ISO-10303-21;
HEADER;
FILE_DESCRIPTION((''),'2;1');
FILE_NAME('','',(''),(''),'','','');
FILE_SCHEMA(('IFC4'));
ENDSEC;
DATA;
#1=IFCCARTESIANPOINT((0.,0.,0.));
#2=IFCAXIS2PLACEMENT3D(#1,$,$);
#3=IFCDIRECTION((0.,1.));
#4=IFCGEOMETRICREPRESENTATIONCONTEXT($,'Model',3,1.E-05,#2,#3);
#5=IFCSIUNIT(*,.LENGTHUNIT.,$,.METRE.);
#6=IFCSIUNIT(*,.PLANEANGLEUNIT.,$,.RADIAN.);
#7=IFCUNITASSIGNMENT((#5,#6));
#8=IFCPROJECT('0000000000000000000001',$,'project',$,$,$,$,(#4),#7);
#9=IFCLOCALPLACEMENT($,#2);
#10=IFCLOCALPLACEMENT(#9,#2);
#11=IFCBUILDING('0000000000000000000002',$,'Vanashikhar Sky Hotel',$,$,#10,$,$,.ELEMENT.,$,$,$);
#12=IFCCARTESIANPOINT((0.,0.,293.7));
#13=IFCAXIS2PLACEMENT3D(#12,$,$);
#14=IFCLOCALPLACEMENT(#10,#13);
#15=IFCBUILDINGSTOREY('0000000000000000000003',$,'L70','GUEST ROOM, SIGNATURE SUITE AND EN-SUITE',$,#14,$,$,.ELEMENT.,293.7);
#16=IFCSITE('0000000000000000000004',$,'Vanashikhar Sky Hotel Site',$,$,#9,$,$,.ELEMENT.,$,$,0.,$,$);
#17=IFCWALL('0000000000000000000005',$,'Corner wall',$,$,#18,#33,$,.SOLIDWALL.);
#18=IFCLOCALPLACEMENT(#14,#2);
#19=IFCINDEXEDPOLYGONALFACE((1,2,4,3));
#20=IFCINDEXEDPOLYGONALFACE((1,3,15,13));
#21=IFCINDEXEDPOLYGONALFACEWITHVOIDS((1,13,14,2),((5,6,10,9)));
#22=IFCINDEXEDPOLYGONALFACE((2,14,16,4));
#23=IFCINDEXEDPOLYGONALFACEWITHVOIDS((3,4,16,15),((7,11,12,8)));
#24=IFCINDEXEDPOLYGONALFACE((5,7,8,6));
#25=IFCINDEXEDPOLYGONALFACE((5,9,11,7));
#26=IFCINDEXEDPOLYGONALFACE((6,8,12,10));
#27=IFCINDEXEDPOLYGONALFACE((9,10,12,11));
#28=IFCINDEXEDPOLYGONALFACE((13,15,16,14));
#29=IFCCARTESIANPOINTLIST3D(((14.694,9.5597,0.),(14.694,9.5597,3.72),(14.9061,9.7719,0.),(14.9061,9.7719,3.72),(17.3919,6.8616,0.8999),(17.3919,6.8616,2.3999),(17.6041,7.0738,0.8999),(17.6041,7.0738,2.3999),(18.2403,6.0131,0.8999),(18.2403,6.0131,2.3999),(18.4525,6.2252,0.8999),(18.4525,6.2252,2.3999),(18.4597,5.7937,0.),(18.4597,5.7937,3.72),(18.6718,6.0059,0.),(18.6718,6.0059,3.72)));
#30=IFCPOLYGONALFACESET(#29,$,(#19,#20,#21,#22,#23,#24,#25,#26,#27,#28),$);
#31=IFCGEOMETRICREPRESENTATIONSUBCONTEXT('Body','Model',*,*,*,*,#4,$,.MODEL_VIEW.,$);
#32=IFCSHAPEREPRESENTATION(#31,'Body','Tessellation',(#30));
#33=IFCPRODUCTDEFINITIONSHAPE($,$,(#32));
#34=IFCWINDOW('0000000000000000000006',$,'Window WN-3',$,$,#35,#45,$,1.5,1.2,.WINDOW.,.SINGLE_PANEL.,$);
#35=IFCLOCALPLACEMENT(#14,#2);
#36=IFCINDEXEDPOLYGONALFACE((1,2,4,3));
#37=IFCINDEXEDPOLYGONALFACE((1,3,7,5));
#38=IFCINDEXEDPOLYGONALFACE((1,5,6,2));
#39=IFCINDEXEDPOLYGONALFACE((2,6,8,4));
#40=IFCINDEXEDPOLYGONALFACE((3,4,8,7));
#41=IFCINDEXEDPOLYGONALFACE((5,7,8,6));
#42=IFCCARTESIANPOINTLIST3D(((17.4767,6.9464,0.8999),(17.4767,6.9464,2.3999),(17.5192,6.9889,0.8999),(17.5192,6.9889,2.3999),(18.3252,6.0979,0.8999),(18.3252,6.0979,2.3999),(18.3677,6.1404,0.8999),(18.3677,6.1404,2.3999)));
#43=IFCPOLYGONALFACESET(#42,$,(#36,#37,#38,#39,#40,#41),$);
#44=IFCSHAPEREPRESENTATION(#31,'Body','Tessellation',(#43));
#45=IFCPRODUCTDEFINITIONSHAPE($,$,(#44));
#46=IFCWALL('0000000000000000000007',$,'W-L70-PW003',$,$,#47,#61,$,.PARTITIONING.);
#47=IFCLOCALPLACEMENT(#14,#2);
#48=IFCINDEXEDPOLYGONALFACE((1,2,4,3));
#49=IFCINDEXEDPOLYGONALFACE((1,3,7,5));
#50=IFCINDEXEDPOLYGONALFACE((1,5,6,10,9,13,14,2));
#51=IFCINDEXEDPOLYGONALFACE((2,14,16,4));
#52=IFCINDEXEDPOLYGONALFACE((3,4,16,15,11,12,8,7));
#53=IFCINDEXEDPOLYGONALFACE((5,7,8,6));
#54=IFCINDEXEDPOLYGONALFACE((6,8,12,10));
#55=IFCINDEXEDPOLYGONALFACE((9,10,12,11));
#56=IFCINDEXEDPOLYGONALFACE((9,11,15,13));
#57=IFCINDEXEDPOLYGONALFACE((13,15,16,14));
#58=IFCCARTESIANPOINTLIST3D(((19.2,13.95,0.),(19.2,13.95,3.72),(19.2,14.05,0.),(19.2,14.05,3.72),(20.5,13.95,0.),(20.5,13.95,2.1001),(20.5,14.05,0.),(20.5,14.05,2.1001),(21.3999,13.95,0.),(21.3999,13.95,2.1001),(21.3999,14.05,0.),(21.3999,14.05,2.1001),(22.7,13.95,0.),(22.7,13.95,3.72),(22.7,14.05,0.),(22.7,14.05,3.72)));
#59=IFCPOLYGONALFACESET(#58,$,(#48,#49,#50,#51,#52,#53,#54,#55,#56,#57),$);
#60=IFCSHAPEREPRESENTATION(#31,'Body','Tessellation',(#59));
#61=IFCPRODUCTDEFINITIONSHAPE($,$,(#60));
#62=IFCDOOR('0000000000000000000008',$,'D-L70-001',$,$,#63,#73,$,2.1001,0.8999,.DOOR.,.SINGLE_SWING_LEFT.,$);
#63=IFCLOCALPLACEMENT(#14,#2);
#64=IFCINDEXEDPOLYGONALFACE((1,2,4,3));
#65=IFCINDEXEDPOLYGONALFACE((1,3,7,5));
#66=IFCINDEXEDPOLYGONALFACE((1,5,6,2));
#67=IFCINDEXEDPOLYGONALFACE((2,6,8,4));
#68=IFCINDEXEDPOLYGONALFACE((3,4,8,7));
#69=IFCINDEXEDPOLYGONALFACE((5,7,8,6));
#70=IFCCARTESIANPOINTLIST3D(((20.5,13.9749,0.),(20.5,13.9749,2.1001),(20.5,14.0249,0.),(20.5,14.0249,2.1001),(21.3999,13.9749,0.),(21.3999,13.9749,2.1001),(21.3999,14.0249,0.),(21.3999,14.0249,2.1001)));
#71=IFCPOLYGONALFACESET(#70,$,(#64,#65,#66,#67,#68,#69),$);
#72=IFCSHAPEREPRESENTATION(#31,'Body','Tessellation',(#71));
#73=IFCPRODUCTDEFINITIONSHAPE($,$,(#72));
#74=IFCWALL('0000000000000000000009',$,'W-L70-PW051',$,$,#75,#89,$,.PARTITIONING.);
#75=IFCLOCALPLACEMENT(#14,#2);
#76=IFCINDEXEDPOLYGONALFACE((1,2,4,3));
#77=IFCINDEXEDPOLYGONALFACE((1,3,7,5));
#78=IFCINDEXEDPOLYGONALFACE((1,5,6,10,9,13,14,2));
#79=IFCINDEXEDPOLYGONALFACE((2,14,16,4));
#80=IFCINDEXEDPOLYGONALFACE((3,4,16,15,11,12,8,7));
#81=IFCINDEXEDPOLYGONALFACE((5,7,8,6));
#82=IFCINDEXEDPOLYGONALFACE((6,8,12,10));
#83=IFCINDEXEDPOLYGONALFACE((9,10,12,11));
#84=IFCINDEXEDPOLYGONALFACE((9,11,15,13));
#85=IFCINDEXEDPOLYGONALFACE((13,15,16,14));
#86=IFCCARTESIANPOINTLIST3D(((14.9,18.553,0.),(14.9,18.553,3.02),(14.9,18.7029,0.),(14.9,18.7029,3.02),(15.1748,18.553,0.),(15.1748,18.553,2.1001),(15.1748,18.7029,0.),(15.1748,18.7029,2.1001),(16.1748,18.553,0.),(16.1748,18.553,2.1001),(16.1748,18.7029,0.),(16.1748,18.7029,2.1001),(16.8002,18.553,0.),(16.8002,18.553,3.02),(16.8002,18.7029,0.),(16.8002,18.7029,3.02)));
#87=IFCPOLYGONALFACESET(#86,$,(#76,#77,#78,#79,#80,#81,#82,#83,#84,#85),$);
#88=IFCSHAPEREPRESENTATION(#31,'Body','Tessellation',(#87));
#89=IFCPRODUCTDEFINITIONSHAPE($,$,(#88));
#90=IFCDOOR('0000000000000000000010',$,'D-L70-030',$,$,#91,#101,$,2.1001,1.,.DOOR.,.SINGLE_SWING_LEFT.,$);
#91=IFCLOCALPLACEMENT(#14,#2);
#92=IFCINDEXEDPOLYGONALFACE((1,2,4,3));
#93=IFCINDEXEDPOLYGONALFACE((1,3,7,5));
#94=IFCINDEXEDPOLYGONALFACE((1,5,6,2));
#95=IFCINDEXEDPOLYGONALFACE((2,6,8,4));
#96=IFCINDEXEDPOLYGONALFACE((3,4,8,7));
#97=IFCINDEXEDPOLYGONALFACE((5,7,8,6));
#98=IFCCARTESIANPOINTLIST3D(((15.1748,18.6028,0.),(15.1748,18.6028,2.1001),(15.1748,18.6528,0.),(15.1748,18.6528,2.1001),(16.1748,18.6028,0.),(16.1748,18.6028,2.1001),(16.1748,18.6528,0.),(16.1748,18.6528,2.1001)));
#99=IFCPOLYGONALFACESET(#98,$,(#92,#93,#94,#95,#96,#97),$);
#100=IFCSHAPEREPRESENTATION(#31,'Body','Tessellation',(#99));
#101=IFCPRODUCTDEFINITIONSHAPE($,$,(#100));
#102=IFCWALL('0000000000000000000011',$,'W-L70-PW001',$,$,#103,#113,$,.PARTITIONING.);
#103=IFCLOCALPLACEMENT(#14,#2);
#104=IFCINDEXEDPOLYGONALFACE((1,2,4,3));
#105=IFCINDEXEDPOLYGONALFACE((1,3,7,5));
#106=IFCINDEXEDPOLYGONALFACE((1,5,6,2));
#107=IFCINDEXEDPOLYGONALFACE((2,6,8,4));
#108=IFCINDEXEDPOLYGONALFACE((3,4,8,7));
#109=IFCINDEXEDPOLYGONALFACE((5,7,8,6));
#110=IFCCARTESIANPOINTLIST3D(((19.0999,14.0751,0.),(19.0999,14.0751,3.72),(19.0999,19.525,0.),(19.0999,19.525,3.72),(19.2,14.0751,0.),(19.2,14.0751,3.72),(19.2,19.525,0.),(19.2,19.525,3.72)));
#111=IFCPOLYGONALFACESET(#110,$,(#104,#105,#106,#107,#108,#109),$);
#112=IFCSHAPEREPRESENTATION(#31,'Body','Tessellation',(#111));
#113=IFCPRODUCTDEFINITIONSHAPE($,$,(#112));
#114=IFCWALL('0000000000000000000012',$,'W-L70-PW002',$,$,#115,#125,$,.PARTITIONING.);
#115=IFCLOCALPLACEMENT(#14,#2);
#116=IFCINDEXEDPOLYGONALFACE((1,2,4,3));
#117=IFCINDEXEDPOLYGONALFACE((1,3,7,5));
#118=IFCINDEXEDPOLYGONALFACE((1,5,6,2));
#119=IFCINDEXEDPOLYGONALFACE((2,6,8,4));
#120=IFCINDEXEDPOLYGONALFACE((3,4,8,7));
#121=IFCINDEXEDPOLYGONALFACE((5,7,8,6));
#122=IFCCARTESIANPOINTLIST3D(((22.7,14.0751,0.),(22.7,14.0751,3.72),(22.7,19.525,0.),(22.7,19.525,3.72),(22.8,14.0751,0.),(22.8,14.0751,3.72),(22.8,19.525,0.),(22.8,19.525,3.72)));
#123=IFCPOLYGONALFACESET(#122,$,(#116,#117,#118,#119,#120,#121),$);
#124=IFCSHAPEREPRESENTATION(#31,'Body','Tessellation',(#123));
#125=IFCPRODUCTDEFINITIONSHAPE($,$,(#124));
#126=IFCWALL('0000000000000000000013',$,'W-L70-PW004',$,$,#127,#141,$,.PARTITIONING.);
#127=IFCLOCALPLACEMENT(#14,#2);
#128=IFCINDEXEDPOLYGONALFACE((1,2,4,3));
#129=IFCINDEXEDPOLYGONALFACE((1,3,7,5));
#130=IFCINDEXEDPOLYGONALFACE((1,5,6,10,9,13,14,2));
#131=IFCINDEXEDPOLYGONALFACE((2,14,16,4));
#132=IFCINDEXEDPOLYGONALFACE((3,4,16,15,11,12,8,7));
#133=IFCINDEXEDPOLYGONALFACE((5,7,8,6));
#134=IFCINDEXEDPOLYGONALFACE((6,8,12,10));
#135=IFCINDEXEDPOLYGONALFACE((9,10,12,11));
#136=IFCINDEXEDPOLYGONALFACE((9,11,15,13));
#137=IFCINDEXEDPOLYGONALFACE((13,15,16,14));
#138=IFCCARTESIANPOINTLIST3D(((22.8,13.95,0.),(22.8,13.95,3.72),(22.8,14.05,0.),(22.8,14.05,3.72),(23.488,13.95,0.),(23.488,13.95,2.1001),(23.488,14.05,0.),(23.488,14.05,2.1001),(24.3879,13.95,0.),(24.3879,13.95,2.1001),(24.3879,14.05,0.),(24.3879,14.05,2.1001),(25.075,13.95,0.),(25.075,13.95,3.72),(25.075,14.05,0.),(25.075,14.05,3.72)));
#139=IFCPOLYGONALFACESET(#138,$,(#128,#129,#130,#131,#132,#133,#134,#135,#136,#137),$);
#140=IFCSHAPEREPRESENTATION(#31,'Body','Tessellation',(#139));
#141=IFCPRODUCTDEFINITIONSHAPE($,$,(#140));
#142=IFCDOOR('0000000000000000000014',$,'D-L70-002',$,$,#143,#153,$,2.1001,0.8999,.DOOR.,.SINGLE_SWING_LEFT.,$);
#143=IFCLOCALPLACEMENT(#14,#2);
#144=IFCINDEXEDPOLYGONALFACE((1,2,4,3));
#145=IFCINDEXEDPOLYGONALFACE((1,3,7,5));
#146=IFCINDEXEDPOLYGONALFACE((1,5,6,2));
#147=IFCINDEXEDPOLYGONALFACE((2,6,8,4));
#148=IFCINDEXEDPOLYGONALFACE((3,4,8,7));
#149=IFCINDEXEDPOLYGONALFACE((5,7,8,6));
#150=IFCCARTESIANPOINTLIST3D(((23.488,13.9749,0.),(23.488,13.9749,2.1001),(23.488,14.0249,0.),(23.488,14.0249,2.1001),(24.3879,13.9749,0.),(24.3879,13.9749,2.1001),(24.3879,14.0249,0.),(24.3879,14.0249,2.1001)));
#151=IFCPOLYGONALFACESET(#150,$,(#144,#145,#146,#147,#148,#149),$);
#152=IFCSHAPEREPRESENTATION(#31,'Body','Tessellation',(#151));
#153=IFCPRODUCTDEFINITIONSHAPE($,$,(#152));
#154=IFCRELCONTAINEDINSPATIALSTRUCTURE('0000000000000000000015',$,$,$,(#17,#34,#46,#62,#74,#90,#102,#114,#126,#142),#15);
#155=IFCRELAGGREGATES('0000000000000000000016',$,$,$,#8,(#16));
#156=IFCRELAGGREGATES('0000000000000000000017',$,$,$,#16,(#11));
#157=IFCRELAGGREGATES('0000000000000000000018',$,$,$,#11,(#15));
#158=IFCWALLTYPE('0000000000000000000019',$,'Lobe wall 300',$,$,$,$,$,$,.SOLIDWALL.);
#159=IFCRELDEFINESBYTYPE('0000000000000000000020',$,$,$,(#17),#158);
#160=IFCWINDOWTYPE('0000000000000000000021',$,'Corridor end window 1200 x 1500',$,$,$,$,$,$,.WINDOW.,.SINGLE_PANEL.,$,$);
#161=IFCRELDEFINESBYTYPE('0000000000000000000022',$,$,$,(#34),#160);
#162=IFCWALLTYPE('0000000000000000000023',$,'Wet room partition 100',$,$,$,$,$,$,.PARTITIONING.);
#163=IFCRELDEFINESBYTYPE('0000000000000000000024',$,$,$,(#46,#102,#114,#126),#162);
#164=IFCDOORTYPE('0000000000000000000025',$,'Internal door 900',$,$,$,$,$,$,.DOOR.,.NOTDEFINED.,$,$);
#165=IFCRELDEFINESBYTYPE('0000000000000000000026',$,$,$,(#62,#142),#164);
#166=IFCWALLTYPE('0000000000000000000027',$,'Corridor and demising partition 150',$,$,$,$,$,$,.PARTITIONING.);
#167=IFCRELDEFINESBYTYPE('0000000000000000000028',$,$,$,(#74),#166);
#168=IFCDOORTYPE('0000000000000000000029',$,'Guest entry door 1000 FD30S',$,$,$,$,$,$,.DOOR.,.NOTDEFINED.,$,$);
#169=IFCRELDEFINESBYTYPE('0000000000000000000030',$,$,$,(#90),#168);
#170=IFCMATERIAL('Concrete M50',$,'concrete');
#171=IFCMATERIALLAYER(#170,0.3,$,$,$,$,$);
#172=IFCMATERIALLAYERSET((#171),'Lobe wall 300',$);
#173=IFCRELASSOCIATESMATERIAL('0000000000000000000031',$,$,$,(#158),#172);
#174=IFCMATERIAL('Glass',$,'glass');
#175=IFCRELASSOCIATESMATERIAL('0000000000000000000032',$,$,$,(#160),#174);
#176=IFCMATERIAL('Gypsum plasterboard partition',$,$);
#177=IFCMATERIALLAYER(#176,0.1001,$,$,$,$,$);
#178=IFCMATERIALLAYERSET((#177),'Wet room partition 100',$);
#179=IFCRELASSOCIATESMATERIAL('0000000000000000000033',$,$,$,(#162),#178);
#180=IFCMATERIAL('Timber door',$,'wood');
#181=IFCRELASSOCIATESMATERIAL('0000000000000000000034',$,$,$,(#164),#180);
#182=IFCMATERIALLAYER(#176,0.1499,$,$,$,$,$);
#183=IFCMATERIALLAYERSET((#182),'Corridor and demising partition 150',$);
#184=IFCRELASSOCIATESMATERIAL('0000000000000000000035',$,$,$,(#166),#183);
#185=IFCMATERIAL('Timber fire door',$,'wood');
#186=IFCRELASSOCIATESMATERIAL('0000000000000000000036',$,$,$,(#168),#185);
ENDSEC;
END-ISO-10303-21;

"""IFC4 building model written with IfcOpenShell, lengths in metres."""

from ifc_helpers import new_model, si_unit, direction, frame, frame_2d, origin, place, context, subcontext, project, spatial, rectangle, extrude, source, transform, mapped, material, layer, layer_set, type_object, element, fill, save


model = new_model("IFC4")

# Units and contexts
model_context = context("Model", 3, precision=1e-05, world=origin(), true_north=direction((0.0, 1.0)))
body_context = subcontext(model_context, "Body", "Model", "MODEL_VIEW")
ifc_project = project(units=[si_unit("LENGTHUNIT", "METRE"), si_unit("PLANEANGLEUNIT", "RADIAN")], contexts=[model_context])

# Site, building, storey
site_placement = place(None, origin())
site = spatial("IfcSite", under=ifc_project, at=site_placement, Name="Vanashikhar Sky Hotel Site", CompositionType="ELEMENT", RefElevation=0.0)
building_placement = place(site_placement, origin())
building = spatial("IfcBuilding", under=site, at=building_placement, Name="Vanashikhar Sky Hotel", CompositionType="ELEMENT")
storey_placement = place(building_placement, frame((0.0, 0.0, 293.7)))
storey = spatial("IfcBuildingStorey", under=building, at=storey_placement, Name="L70", Description="GUEST ROOM, SIGNATURE SUITE AND EN-SUITE", CompositionType="ELEMENT", Elevation=293.7)

# Shared definitions
ifc_material_1 = material(Name="Concrete M50", Category="concrete")

# Shared definitions
ifc_material_2 = material(Name="Glass", Category="glass")

# Wall, opening, window
ifc_layer_1 = layer(ifc_material_1, 0.3)
ifc_layer_set_1 = layer_set([ifc_layer_1], Name="Lobe wall 300")
wall_type_1 = type_object("IfcWallType", Name="Lobe wall 300", PredefinedType="SOLIDWALL", material=ifc_layer_set_1)
shared_shape_1 = source(origin(), body_context, "Body", "SweptSolid", [
    extrude(rectangle(XDim=5.3257, YDim=0.3, at=frame_2d((2.6628, 0.0))), origin(), (0.0, 0.0, 1.0), 3.72),
])
wall_1_placement = place(storey_placement, frame((14.8, 9.6658, 0.0), z_axis=(0.0, 0.0, 1.0), x_axis=(0.707084, -0.70713, 0.0)))
wall_1 = element("IfcWall", 1, at=wall_1_placement, inside=storey, type_object=wall_type_1, Name="Corner wall", PredefinedType="SOLIDWALL", context=body_context, shape_type="MappedRepresentation", body=[
    mapped(shared_shape_1, transform((0.0, 0.0, 0.0), scale=1.0)),
])
shared_shape_2 = source(origin(), body_context, "Body", "SweptSolid", [
    extrude(rectangle(XDim=1.2, YDim=1.5, at=frame_2d((0.6001, 0.75))), frame((0.0, 0.1602, 0.0), z_axis=(0.0, -1.0, 0.0), x_axis=(1.0, 0.0, 0.0)), (0.0, 0.0, 1.0), 0.3201),
])
opening_1_placement = place(wall_1_placement, frame((3.8154, 0.0, 0.8999)))
opening_1 = element("IfcOpeningElement", 2, at=opening_1_placement, cuts=wall_1, PredefinedType="OPENING", context=body_context, shape_type="MappedRepresentation", body=[
    mapped(shared_shape_2, transform((0.0, 0.0, 0.0), scale=1.0)),
])
window_type_1 = type_object("IfcWindowType", Name="Corridor end window 1200 x 1500", PartitioningType="SINGLE_PANEL", PredefinedType="WINDOW", material=ifc_material_2)
shared_shape_3 = source(origin(), body_context, "Body", "SweptSolid", [
    extrude(rectangle(XDim=1.2, YDim=1.5, at=frame_2d((0.6001, 0.75))), frame((0.0, 0.03, 0.0), z_axis=(0.0, -1.0, 0.0), x_axis=(1.0, 0.0, 0.0)), (0.0, 0.0, 1.0), 0.0601),
])
window_1_placement = place(opening_1_placement, origin())
window_1 = element("IfcWindow", 3, at=window_1_placement, inside=storey, type_object=window_type_1, Name="Window WN-3", OverallHeight=1.5, OverallWidth=1.2, PartitioningType="SINGLE_PANEL", PredefinedType="WINDOW", context=body_context, shape_type="MappedRepresentation", body=[
    mapped(shared_shape_3, transform((0.0, 0.0, 0.0), scale=1.0)),
])
fill(opening_1, window_1)

# Walls, openings, doors
ifc_material_3 = material(Name="Gypsum plasterboard partition")
ifc_layer_2 = layer(ifc_material_3, 0.1001)
ifc_layer_set_2 = layer_set([ifc_layer_2], Name="Wet room partition 100")
wall_type_2 = type_object("IfcWallType", Name="Wet room partition 100", PredefinedType="PARTITIONING", material=ifc_layer_set_2)
shared_shape_4 = source(origin(), body_context, "Body", "SweptSolid", [
    extrude(rectangle(XDim=3.5, YDim=0.1001, at=frame_2d((1.75, 0.0))), origin(), (0.0, 0.0, 1.0), 3.72),
])
wall_2_placement = place(storey_placement, frame((19.2, 14.0, 0.0), z_axis=(0.0, 0.0, 1.0), x_axis=(1.0, 0.0, 0.0)))
wall_2 = element("IfcWall", 4, at=wall_2_placement, inside=storey, type_object=wall_type_2, Name="W-L70-PW003", PredefinedType="PARTITIONING", context=body_context, shape_type="MappedRepresentation", body=[
    mapped(shared_shape_4, transform((0.0, 0.0, 0.0), scale=1.0)),
])
shared_shape_5 = source(origin(), body_context, "Body", "SweptSolid", [
    extrude(rectangle(XDim=0.8999, YDim=2.1001, at=frame_2d((0.45, 1.05))), frame((0.0, 0.0601, 0.0), z_axis=(0.0, -1.0, 0.0), x_axis=(1.0, 0.0, 0.0)), (0.0, 0.0, 1.0), 0.1201),
])
opening_2_placement = place(wall_2_placement, frame((1.3, 0.0, 0.0)))
opening_2 = element("IfcOpeningElement", 5, at=opening_2_placement, cuts=wall_2, PredefinedType="OPENING", context=body_context, shape_type="MappedRepresentation", body=[
    mapped(shared_shape_5, transform((0.0, 0.0, 0.0), scale=1.0)),
])
ifc_material_4 = material(Name="Timber door", Category="wood")
door_type_1 = type_object("IfcDoorType", Name="Internal door 900", OperationType="NOTDEFINED", PredefinedType="DOOR", material=ifc_material_4)
shared_shape_6 = source(origin(), body_context, "Body", "SweptSolid", [
    extrude(rectangle(XDim=0.8999, YDim=2.1001, at=frame_2d((0.45, 1.05))), frame((0.0, 0.0249, 0.0), z_axis=(0.0, -1.0, 0.0), x_axis=(1.0, 0.0, 0.0)), (0.0, 0.0, 1.0), 0.05),
])
door_1_placement = place(opening_2_placement, origin())
door_1 = element("IfcDoor", 6, at=door_1_placement, inside=storey, type_object=door_type_1, Name="D-L70-001", OperationType="SINGLE_SWING_LEFT", OverallHeight=2.1001, OverallWidth=0.8999, PredefinedType="DOOR", context=body_context, shape_type="MappedRepresentation", body=[
    mapped(shared_shape_6, transform((0.0, 0.0, 0.0), scale=1.0)),
])
fill(opening_2, door_1)
ifc_layer_3 = layer(ifc_material_3, 0.1499)
ifc_layer_set_3 = layer_set([ifc_layer_3], Name="Corridor and demising partition 150")
wall_type_3 = type_object("IfcWallType", Name="Corridor and demising partition 150", PredefinedType="PARTITIONING", material=ifc_layer_set_3)
shared_shape_7 = source(origin(), body_context, "Body", "SweptSolid", [
    extrude(rectangle(XDim=1.9001, YDim=0.1499, at=frame_2d((0.9502, 0.0))), origin(), (0.0, 0.0, 1.0), 3.02),
])
wall_3_placement = place(storey_placement, frame((14.8999, 18.6279, 0.0), z_axis=(0.0, 0.0, 1.0), x_axis=(1.0, 0.0, 0.0)))
wall_3 = element("IfcWall", 7, at=wall_3_placement, inside=storey, type_object=wall_type_3, Name="W-L70-PW051", PredefinedType="PARTITIONING", context=body_context, shape_type="MappedRepresentation", body=[
    mapped(shared_shape_7, transform((0.0, 0.0, 0.0), scale=1.0)),
])
shared_shape_8 = source(origin(), body_context, "Body", "SweptSolid", [
    extrude(rectangle(XDim=1.0, YDim=2.1001, at=frame_2d((0.5, 1.05))), frame((0.0, 0.085, 0.0), z_axis=(0.0, -1.0, 0.0), x_axis=(1.0, 0.0, 0.0)), (0.0, 0.0, 1.0), 0.1699),
])
opening_3_placement = place(wall_3_placement, frame((0.2749, 0.0, 0.0)))
opening_3 = element("IfcOpeningElement", 8, at=opening_3_placement, cuts=wall_3, PredefinedType="OPENING", context=body_context, shape_type="MappedRepresentation", body=[
    mapped(shared_shape_8, transform((0.0, 0.0, 0.0), scale=1.0)),
])
ifc_material_5 = material(Name="Timber fire door", Category="wood")
door_type_2 = type_object("IfcDoorType", Name="Guest entry door 1000 FD30S", OperationType="NOTDEFINED", PredefinedType="DOOR", material=ifc_material_5)
shared_shape_9 = source(origin(), body_context, "Body", "SweptSolid", [
    extrude(rectangle(XDim=1.0, YDim=2.1001, at=frame_2d((0.5, 1.05))), frame((0.0, 0.0249, 0.0), z_axis=(0.0, -1.0, 0.0), x_axis=(1.0, 0.0, 0.0)), (0.0, 0.0, 1.0), 0.05),
])
door_2_placement = place(opening_3_placement, origin())
door_2 = element("IfcDoor", 9, at=door_2_placement, inside=storey, type_object=door_type_2, Name="D-L70-030", OperationType="SINGLE_SWING_LEFT", OverallHeight=2.1001, OverallWidth=1.0, PredefinedType="DOOR", context=body_context, shape_type="MappedRepresentation", body=[
    mapped(shared_shape_9, transform((0.0, 0.0, 0.0), scale=1.0)),
])
fill(opening_3, door_2)

# Walls
shared_shape_10 = source(origin(), body_context, "Body", "SweptSolid", [
    extrude(rectangle(XDim=5.45, YDim=0.1001, at=frame_2d((2.7251, 0.0))), origin(), (0.0, 0.0, 1.0), 3.72),
])
for number, where, z_axis, x_axis, name in (
    (10, (19.1499, 14.075, 0.0), (0.0, 0.0, 1.0), (0.0, 1.0, 0.0), "W-L70-PW001"),
    (11, (22.75, 14.075, 0.0), (0.0, 0.0, 1.0), (0.0, 1.0, 0.0), "W-L70-PW002"),
):
    element("IfcWall", number, at=place(storey_placement, frame(where, z_axis=z_axis, x_axis=x_axis)), inside=storey, type_object=wall_type_2, Name=name, PredefinedType="PARTITIONING", context=body_context, shape_type="MappedRepresentation", body=[
        mapped(shared_shape_10, transform((0.0, 0.0, 0.0), scale=1.0)),
    ])

# Wall, opening, door
shared_shape_11 = source(origin(), body_context, "Body", "SweptSolid", [
    extrude(rectangle(XDim=2.2749, YDim=0.1001, at=frame_2d((1.1375, 0.0))), origin(), (0.0, 0.0, 1.0), 3.72),
])
wall_4_placement = place(storey_placement, frame((22.8, 14.0, 0.0), z_axis=(0.0, 0.0, 1.0), x_axis=(1.0, 0.0, 0.0)))
wall_4 = element("IfcWall", 12, at=wall_4_placement, inside=storey, type_object=wall_type_2, Name="W-L70-PW004", PredefinedType="PARTITIONING", context=body_context, shape_type="MappedRepresentation", body=[
    mapped(shared_shape_11, transform((0.0, 0.0, 0.0), scale=1.0)),
])
opening_4_placement = place(wall_4_placement, frame((0.688, 0.0, 0.0)))
opening_4 = element("IfcOpeningElement", 13, at=opening_4_placement, cuts=wall_4, PredefinedType="OPENING", context=body_context, shape_type="MappedRepresentation", body=[
    mapped(shared_shape_5, transform((0.0, 0.0, 0.0), scale=1.0)),
])
door_3_placement = place(opening_4_placement, origin())
door_3 = element("IfcDoor", 14, at=door_3_placement, inside=storey, type_object=door_type_1, Name="D-L70-002", OperationType="SINGLE_SWING_LEFT", OverallHeight=2.1001, OverallWidth=0.8999, PredefinedType="DOOR", context=body_context, shape_type="MappedRepresentation", body=[
    mapped(shared_shape_6, transform((0.0, 0.0, 0.0), scale=1.0)),
])
fill(opening_4, door_3)

save(model, "model.ifc")
